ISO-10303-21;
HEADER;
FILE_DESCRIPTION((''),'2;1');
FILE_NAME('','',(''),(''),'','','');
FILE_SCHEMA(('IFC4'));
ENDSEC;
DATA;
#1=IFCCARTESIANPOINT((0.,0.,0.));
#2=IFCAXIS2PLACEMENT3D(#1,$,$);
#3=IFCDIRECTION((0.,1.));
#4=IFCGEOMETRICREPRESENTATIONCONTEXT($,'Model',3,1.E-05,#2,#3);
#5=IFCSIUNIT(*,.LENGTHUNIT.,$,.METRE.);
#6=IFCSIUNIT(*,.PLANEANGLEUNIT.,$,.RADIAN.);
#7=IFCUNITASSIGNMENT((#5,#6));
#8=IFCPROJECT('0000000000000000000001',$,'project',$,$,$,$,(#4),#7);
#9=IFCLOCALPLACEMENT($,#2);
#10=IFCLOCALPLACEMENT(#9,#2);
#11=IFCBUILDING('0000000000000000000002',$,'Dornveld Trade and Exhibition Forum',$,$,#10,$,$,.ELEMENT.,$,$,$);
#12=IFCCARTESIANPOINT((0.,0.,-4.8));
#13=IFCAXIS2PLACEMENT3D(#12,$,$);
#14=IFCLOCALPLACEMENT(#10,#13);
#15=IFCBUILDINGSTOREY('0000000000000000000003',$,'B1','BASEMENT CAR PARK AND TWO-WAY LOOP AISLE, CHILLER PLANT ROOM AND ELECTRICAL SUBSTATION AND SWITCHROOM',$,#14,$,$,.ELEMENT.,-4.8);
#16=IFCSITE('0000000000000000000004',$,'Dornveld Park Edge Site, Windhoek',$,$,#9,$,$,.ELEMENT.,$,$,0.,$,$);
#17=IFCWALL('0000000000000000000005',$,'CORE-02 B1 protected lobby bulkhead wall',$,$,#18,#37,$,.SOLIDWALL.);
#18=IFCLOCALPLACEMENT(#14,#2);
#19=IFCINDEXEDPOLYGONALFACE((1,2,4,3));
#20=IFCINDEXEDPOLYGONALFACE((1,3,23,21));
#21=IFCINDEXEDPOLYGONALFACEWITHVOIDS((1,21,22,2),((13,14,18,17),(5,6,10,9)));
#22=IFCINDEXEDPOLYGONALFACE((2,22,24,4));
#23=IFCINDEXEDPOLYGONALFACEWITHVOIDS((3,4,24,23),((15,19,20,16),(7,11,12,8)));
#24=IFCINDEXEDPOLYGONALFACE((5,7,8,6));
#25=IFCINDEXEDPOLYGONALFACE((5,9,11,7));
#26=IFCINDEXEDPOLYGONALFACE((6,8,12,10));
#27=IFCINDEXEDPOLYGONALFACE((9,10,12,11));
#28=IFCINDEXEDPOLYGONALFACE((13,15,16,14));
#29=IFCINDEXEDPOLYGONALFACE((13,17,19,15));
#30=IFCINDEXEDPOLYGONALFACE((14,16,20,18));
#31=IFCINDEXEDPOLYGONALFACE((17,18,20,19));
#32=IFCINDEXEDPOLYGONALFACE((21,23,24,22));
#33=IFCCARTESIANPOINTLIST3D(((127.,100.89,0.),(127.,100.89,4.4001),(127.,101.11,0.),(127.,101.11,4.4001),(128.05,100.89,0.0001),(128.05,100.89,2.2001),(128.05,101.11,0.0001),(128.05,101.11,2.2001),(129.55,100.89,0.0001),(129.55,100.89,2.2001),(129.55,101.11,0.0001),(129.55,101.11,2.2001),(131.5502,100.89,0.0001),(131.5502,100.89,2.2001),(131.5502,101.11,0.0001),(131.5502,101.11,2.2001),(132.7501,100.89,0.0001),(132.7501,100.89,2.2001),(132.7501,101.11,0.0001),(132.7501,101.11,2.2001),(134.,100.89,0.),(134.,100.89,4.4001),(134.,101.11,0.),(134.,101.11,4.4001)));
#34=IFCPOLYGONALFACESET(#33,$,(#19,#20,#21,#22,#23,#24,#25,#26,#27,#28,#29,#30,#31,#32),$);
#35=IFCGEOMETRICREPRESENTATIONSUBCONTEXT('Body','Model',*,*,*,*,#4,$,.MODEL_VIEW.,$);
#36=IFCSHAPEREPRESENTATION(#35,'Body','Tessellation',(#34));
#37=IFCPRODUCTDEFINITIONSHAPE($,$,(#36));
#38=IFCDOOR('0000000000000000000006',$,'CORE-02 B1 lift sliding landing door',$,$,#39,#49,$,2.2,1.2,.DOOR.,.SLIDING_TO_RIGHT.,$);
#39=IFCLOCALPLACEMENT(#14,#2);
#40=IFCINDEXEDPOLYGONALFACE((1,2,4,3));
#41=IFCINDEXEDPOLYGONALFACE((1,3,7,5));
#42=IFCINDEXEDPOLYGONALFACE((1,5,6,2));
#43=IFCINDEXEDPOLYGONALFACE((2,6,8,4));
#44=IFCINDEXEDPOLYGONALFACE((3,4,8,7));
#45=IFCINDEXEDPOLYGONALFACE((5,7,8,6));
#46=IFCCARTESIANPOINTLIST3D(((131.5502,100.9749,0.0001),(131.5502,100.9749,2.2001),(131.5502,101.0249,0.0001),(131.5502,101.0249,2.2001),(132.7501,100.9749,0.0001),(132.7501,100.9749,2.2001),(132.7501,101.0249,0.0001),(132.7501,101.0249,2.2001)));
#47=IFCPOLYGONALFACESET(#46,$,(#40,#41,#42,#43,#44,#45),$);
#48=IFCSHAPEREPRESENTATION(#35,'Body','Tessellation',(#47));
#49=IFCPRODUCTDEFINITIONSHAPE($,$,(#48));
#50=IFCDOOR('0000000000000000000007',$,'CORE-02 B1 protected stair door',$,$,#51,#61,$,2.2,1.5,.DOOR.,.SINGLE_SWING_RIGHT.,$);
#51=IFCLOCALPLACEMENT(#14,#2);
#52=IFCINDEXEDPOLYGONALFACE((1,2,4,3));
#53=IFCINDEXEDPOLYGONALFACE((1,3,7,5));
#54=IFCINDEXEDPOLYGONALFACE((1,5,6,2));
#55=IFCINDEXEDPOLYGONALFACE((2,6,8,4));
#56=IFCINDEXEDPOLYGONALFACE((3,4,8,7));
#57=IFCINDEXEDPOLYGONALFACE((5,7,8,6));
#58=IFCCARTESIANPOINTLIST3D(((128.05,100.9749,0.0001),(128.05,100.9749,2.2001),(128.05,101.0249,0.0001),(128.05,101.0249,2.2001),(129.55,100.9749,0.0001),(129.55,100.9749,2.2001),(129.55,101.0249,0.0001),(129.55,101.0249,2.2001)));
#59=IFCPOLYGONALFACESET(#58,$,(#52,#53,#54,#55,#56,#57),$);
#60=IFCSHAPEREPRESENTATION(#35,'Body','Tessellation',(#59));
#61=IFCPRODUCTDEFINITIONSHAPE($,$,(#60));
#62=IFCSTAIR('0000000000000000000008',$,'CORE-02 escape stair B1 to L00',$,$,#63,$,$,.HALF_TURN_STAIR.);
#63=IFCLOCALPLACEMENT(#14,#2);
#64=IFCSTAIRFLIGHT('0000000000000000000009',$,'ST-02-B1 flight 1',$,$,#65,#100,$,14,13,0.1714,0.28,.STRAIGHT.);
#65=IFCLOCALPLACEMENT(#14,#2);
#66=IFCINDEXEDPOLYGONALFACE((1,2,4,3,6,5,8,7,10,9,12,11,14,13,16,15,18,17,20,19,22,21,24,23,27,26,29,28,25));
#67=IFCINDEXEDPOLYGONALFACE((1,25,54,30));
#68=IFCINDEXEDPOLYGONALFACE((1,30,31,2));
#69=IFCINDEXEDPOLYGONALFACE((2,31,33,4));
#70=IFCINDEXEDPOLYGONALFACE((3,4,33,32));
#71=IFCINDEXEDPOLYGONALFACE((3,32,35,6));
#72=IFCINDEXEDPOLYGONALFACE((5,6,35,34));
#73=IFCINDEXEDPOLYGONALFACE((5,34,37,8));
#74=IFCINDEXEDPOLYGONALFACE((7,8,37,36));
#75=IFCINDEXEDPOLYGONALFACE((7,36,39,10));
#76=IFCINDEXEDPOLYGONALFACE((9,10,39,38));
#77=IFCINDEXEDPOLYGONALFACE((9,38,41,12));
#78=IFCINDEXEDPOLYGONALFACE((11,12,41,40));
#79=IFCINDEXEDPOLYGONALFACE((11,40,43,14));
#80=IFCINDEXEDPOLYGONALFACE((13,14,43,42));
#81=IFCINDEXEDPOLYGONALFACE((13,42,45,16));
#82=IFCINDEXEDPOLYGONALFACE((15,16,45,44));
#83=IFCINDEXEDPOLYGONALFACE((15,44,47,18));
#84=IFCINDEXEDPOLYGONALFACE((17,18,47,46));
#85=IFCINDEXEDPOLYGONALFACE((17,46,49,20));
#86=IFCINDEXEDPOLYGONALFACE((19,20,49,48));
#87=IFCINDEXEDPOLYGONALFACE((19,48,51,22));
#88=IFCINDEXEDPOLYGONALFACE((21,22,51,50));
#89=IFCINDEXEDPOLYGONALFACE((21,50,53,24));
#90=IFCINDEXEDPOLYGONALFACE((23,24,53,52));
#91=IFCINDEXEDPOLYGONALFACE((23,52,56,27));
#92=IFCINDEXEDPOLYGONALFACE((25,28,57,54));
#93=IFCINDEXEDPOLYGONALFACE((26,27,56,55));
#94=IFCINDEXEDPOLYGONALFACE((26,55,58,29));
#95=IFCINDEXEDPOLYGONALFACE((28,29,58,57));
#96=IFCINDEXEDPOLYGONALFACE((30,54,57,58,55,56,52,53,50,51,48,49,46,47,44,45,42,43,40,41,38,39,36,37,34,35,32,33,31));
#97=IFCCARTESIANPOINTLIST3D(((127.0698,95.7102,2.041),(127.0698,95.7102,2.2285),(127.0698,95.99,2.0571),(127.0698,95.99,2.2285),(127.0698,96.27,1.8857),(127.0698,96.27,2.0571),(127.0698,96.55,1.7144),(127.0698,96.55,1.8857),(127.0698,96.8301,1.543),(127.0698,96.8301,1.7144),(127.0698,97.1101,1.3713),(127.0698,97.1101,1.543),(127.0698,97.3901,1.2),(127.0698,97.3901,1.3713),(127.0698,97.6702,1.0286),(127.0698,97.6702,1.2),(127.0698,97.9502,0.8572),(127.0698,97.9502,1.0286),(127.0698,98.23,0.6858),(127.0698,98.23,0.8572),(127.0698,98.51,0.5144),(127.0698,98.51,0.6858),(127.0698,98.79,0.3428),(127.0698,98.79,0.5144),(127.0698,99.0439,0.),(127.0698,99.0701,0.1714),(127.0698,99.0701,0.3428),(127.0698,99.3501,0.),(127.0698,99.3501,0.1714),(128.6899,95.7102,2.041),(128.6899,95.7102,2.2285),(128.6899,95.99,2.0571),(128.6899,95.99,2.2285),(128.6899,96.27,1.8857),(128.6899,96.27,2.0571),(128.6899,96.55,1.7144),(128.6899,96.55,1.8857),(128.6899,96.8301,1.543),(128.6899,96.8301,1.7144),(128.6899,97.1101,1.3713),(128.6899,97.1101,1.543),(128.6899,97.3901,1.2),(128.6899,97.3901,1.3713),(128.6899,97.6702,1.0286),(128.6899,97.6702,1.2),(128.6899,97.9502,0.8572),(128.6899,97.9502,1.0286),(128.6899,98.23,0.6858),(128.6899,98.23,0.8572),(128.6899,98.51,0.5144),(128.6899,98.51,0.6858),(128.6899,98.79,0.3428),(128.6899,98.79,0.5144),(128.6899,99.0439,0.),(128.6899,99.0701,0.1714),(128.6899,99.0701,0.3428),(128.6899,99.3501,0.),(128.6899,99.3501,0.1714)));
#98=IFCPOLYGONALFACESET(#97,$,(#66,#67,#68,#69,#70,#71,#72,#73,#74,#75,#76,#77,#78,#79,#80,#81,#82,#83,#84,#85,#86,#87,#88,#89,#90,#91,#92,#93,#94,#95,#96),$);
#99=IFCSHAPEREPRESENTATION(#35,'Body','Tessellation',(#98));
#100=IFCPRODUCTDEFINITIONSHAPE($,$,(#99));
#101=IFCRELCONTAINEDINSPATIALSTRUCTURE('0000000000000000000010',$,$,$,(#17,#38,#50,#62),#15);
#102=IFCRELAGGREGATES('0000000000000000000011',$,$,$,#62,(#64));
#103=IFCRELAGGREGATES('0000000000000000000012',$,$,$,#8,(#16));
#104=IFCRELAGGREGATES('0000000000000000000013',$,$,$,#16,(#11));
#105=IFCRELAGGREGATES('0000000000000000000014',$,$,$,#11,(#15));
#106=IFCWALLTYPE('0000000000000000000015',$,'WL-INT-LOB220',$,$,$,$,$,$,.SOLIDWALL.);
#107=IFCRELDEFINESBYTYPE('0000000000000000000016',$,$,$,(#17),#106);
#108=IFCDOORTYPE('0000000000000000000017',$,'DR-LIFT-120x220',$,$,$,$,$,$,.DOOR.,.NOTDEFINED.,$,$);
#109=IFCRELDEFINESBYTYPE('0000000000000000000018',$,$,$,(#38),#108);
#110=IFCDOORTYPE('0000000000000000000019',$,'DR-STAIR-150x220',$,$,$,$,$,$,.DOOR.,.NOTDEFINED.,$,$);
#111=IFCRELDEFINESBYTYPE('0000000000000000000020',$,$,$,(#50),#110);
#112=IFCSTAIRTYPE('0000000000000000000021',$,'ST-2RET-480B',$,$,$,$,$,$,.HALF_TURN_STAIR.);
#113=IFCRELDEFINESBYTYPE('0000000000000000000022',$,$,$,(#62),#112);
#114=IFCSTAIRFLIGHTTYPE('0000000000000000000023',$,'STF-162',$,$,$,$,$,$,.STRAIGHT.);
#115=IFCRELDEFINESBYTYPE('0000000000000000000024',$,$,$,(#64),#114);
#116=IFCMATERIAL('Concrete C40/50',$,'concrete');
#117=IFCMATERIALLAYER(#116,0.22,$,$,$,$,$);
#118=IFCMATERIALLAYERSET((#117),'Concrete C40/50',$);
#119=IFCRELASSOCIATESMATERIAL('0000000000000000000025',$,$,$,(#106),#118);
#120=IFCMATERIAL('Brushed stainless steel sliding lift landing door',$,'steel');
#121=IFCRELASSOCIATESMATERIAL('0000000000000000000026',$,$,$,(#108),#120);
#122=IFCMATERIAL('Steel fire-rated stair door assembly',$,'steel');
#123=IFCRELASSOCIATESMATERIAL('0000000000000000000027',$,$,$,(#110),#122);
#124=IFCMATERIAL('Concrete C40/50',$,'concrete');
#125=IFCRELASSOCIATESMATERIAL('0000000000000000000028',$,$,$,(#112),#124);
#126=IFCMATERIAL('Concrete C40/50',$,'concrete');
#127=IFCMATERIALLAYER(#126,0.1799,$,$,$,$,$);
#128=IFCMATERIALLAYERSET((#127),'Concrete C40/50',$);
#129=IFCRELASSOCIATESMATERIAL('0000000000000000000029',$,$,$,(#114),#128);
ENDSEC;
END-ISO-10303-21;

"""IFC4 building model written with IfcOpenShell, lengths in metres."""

from ifc_helpers import new_model, si_unit, direction, frame, frame_2d, origin, place, context, subcontext, project, spatial, polyline, rectangle, outline, extrude, material, layer, layer_set, type_object, element, fill, aggregate, save


model = new_model("IFC4")

# Units and contexts
model_context = context("Model", 3, precision=1e-05, world=origin(), true_north=direction((0.0, 1.0)))
body_context = subcontext(model_context, "Body", "Model", "MODEL_VIEW")
ifc_project = project(units=[si_unit("LENGTHUNIT", "METRE"), si_unit("PLANEANGLEUNIT", "RADIAN")], contexts=[model_context])

# Site, building, storey
site_placement = place(None, origin())
site = spatial("IfcSite", under=ifc_project, at=site_placement, Name="Dornveld Park Edge Site, Windhoek", CompositionType="ELEMENT", RefElevation=0.0)
building_placement = place(site_placement, origin())
building = spatial("IfcBuilding", under=site, at=building_placement, Name="Dornveld Trade and Exhibition Forum", CompositionType="ELEMENT")
storey_placement = place(building_placement, frame((0.0, 0.0, -4.8)))
storey = spatial("IfcBuildingStorey", under=building, at=storey_placement, Name="B1", Description="BASEMENT CAR PARK AND TWO-WAY LOOP AISLE, CHILLER PLANT ROOM AND ELECTRICAL SUBSTATION AND SWITCHROOM", CompositionType="ELEMENT", Elevation=-4.8)

# Wall, openings, doors
ifc_material_1 = material(Name="Concrete C40/50", Category="concrete")
ifc_layer_1 = layer(ifc_material_1, 0.22)
ifc_layer_set_1 = layer_set([ifc_layer_1], Name="Concrete C40/50")
wall_type_1 = type_object("IfcWallType", Name="WL-INT-LOB220", PredefinedType="SOLIDWALL", material=ifc_layer_set_1)
wall_1_placement = place(storey_placement, frame((127.0, 101.0, 0.0), z_axis=(0.0, 0.0, 1.0), x_axis=(1.0, 0.0, 0.0)))
wall_1 = element("IfcWall", 1, at=wall_1_placement, inside=storey, type_object=wall_type_1, Name="CORE-02 B1 protected lobby bulkhead wall", PredefinedType="SOLIDWALL", context=body_context, shape_type="SweptSolid", body=[
    extrude(rectangle(XDim=7.0, YDim=0.22, at=frame_2d((3.5, 0.0))), origin(), (0.0, 0.0, 1.0), 4.4001),
])
opening_1_placement = place(wall_1_placement, frame((1.05, 0.0, 0.0)))
opening_1 = element("IfcOpeningElement", 2, at=opening_1_placement, cuts=wall_1, PredefinedType="OPENING", context=body_context, shape_type="SweptSolid", body=[
    extrude(rectangle(XDim=1.5, YDim=2.2, at=frame_2d((0.75, 1.1001))), frame((0.0, 0.1199, 0.0), z_axis=(0.0, -1.0, 0.0), x_axis=(1.0, 0.0, 0.0)), (0.0, 0.0, 1.0), 0.24),
])
opening_2_placement = place(wall_1_placement, frame((4.55, 0.0, 0.0)))
opening_2 = element("IfcOpeningElement", 3, at=opening_2_placement, cuts=wall_1, PredefinedType="OPENING", context=body_context, shape_type="SweptSolid", body=[
    extrude(rectangle(XDim=1.2, YDim=2.2, at=frame_2d((0.6001, 1.1001))), frame((0.0, 0.1199, 0.0), z_axis=(0.0, -1.0, 0.0), x_axis=(1.0, 0.0, 0.0)), (0.0, 0.0, 1.0), 0.24),
])
ifc_material_2 = material(Name="Brushed stainless steel sliding lift landing door", Category="steel")
door_type_1 = type_object("IfcDoorType", Name="DR-LIFT-120x220", OperationType="NOTDEFINED", PredefinedType="DOOR", material=ifc_material_2)
door_1_placement = place(opening_2_placement, origin())
door_1 = element("IfcDoor", 4, at=door_1_placement, inside=storey, type_object=door_type_1, Name="CORE-02 B1 lift sliding landing door", OperationType="SLIDING_TO_RIGHT", OverallHeight=2.2, OverallWidth=1.2, PredefinedType="DOOR", context=body_context, shape_type="SweptSolid", body=[
    extrude(rectangle(XDim=1.2, YDim=2.2, at=frame_2d((0.6001, 1.1001))), frame((0.0, 0.0249, 0.0), z_axis=(0.0, -1.0, 0.0), x_axis=(1.0, 0.0, 0.0)), (0.0, 0.0, 1.0), 0.05),
])
fill(opening_2, door_1)
ifc_material_3 = material(Name="Steel fire-rated stair door assembly", Category="steel")
door_type_2 = type_object("IfcDoorType", Name="DR-STAIR-150x220", OperationType="NOTDEFINED", PredefinedType="DOOR", material=ifc_material_3)
door_2_placement = place(opening_1_placement, origin())
door_2 = element("IfcDoor", 5, at=door_2_placement, inside=storey, type_object=door_type_2, Name="CORE-02 B1 protected stair door", OperationType="SINGLE_SWING_RIGHT", OverallHeight=2.2, OverallWidth=1.5, PredefinedType="DOOR", context=body_context, shape_type="SweptSolid", body=[
    extrude(rectangle(XDim=1.5, YDim=2.2, at=frame_2d((0.75, 1.1001))), frame((0.0, 0.0249, 0.0), z_axis=(0.0, -1.0, 0.0), x_axis=(1.0, 0.0, 0.0)), (0.0, 0.0, 1.0), 0.05),
])
fill(opening_1, door_2)

# Stair, stair flight
ifc_material_4 = material(Name="Concrete C40/50", Category="concrete")
stair_type = type_object("IfcStairType", Name="ST-2RET-480B", PredefinedType="HALF_TURN_STAIR", material=ifc_material_4)
stair_placement = place(storey_placement, origin())
stair = element("IfcStair", 6, at=stair_placement, inside=storey, type_object=stair_type, Name="CORE-02 escape stair B1 to L00", PredefinedType="HALF_TURN_STAIR")
ifc_material_5 = material(Name="Concrete C40/50", Category="concrete")
ifc_layer_2 = layer(ifc_material_5, 0.1799)
ifc_layer_set_2 = layer_set([ifc_layer_2], Name="Concrete C40/50")
stair_flight_type = type_object("IfcStairFlightType", Name="STF-162", PredefinedType="STRAIGHT", material=ifc_layer_set_2)
stair_flight_placement = place(storey_placement, frame((127.8799, 99.3501, 0.0), z_axis=(0.0, 0.0, 1.0), x_axis=(0.0, -1.0, 0.0)))
stair_flight = element("IfcStairFlight", 7, at=stair_flight_placement, type_object=stair_flight_type, Name="ST-02-B1 flight 1", NumberOfRisers=14, NumberOfTreads=13, PredefinedType="STRAIGHT", RiserHeight=0.1714, TreadLength=0.28, context=body_context, shape_type="SweptSolid", body=[
    extrude(outline(polyline([(0.0, 0.0), (0.0, 0.1714), (0.28, 0.1714), (0.28, 0.3428), (0.5601, 0.3428), (0.5601, 0.5144), (0.8401, 0.5144), (0.8401, 0.6858), (1.1201, 0.6858), (1.1201, 0.8572), (1.3999, 0.8572), (1.3999, 1.0286), (1.6799, 1.0286), (1.6799, 1.2), (1.96, 1.2), (1.96, 1.3713), (2.24, 1.3713), (2.24, 1.543), (2.52, 1.543), (2.52, 1.7144), (2.8, 1.7144), (2.8, 1.8857), (3.0801, 1.8857), (3.0801, 2.0571), (3.3601, 2.0571), (3.3601, 2.2285), (3.6399, 2.2285), (3.6399, 2.3999), (3.6399, 2.041), (0.3062, 0.0), (0.0, 0.0)])), frame((0.0, 0.8101, 0.0), z_axis=(0.0, -1.0, 0.0), x_axis=(1.0, 0.0, 0.0)), (0.0, 0.0, 1.0), 1.6201),
])
aggregate(stair, [stair_flight])

save(model, "model.ifc")
